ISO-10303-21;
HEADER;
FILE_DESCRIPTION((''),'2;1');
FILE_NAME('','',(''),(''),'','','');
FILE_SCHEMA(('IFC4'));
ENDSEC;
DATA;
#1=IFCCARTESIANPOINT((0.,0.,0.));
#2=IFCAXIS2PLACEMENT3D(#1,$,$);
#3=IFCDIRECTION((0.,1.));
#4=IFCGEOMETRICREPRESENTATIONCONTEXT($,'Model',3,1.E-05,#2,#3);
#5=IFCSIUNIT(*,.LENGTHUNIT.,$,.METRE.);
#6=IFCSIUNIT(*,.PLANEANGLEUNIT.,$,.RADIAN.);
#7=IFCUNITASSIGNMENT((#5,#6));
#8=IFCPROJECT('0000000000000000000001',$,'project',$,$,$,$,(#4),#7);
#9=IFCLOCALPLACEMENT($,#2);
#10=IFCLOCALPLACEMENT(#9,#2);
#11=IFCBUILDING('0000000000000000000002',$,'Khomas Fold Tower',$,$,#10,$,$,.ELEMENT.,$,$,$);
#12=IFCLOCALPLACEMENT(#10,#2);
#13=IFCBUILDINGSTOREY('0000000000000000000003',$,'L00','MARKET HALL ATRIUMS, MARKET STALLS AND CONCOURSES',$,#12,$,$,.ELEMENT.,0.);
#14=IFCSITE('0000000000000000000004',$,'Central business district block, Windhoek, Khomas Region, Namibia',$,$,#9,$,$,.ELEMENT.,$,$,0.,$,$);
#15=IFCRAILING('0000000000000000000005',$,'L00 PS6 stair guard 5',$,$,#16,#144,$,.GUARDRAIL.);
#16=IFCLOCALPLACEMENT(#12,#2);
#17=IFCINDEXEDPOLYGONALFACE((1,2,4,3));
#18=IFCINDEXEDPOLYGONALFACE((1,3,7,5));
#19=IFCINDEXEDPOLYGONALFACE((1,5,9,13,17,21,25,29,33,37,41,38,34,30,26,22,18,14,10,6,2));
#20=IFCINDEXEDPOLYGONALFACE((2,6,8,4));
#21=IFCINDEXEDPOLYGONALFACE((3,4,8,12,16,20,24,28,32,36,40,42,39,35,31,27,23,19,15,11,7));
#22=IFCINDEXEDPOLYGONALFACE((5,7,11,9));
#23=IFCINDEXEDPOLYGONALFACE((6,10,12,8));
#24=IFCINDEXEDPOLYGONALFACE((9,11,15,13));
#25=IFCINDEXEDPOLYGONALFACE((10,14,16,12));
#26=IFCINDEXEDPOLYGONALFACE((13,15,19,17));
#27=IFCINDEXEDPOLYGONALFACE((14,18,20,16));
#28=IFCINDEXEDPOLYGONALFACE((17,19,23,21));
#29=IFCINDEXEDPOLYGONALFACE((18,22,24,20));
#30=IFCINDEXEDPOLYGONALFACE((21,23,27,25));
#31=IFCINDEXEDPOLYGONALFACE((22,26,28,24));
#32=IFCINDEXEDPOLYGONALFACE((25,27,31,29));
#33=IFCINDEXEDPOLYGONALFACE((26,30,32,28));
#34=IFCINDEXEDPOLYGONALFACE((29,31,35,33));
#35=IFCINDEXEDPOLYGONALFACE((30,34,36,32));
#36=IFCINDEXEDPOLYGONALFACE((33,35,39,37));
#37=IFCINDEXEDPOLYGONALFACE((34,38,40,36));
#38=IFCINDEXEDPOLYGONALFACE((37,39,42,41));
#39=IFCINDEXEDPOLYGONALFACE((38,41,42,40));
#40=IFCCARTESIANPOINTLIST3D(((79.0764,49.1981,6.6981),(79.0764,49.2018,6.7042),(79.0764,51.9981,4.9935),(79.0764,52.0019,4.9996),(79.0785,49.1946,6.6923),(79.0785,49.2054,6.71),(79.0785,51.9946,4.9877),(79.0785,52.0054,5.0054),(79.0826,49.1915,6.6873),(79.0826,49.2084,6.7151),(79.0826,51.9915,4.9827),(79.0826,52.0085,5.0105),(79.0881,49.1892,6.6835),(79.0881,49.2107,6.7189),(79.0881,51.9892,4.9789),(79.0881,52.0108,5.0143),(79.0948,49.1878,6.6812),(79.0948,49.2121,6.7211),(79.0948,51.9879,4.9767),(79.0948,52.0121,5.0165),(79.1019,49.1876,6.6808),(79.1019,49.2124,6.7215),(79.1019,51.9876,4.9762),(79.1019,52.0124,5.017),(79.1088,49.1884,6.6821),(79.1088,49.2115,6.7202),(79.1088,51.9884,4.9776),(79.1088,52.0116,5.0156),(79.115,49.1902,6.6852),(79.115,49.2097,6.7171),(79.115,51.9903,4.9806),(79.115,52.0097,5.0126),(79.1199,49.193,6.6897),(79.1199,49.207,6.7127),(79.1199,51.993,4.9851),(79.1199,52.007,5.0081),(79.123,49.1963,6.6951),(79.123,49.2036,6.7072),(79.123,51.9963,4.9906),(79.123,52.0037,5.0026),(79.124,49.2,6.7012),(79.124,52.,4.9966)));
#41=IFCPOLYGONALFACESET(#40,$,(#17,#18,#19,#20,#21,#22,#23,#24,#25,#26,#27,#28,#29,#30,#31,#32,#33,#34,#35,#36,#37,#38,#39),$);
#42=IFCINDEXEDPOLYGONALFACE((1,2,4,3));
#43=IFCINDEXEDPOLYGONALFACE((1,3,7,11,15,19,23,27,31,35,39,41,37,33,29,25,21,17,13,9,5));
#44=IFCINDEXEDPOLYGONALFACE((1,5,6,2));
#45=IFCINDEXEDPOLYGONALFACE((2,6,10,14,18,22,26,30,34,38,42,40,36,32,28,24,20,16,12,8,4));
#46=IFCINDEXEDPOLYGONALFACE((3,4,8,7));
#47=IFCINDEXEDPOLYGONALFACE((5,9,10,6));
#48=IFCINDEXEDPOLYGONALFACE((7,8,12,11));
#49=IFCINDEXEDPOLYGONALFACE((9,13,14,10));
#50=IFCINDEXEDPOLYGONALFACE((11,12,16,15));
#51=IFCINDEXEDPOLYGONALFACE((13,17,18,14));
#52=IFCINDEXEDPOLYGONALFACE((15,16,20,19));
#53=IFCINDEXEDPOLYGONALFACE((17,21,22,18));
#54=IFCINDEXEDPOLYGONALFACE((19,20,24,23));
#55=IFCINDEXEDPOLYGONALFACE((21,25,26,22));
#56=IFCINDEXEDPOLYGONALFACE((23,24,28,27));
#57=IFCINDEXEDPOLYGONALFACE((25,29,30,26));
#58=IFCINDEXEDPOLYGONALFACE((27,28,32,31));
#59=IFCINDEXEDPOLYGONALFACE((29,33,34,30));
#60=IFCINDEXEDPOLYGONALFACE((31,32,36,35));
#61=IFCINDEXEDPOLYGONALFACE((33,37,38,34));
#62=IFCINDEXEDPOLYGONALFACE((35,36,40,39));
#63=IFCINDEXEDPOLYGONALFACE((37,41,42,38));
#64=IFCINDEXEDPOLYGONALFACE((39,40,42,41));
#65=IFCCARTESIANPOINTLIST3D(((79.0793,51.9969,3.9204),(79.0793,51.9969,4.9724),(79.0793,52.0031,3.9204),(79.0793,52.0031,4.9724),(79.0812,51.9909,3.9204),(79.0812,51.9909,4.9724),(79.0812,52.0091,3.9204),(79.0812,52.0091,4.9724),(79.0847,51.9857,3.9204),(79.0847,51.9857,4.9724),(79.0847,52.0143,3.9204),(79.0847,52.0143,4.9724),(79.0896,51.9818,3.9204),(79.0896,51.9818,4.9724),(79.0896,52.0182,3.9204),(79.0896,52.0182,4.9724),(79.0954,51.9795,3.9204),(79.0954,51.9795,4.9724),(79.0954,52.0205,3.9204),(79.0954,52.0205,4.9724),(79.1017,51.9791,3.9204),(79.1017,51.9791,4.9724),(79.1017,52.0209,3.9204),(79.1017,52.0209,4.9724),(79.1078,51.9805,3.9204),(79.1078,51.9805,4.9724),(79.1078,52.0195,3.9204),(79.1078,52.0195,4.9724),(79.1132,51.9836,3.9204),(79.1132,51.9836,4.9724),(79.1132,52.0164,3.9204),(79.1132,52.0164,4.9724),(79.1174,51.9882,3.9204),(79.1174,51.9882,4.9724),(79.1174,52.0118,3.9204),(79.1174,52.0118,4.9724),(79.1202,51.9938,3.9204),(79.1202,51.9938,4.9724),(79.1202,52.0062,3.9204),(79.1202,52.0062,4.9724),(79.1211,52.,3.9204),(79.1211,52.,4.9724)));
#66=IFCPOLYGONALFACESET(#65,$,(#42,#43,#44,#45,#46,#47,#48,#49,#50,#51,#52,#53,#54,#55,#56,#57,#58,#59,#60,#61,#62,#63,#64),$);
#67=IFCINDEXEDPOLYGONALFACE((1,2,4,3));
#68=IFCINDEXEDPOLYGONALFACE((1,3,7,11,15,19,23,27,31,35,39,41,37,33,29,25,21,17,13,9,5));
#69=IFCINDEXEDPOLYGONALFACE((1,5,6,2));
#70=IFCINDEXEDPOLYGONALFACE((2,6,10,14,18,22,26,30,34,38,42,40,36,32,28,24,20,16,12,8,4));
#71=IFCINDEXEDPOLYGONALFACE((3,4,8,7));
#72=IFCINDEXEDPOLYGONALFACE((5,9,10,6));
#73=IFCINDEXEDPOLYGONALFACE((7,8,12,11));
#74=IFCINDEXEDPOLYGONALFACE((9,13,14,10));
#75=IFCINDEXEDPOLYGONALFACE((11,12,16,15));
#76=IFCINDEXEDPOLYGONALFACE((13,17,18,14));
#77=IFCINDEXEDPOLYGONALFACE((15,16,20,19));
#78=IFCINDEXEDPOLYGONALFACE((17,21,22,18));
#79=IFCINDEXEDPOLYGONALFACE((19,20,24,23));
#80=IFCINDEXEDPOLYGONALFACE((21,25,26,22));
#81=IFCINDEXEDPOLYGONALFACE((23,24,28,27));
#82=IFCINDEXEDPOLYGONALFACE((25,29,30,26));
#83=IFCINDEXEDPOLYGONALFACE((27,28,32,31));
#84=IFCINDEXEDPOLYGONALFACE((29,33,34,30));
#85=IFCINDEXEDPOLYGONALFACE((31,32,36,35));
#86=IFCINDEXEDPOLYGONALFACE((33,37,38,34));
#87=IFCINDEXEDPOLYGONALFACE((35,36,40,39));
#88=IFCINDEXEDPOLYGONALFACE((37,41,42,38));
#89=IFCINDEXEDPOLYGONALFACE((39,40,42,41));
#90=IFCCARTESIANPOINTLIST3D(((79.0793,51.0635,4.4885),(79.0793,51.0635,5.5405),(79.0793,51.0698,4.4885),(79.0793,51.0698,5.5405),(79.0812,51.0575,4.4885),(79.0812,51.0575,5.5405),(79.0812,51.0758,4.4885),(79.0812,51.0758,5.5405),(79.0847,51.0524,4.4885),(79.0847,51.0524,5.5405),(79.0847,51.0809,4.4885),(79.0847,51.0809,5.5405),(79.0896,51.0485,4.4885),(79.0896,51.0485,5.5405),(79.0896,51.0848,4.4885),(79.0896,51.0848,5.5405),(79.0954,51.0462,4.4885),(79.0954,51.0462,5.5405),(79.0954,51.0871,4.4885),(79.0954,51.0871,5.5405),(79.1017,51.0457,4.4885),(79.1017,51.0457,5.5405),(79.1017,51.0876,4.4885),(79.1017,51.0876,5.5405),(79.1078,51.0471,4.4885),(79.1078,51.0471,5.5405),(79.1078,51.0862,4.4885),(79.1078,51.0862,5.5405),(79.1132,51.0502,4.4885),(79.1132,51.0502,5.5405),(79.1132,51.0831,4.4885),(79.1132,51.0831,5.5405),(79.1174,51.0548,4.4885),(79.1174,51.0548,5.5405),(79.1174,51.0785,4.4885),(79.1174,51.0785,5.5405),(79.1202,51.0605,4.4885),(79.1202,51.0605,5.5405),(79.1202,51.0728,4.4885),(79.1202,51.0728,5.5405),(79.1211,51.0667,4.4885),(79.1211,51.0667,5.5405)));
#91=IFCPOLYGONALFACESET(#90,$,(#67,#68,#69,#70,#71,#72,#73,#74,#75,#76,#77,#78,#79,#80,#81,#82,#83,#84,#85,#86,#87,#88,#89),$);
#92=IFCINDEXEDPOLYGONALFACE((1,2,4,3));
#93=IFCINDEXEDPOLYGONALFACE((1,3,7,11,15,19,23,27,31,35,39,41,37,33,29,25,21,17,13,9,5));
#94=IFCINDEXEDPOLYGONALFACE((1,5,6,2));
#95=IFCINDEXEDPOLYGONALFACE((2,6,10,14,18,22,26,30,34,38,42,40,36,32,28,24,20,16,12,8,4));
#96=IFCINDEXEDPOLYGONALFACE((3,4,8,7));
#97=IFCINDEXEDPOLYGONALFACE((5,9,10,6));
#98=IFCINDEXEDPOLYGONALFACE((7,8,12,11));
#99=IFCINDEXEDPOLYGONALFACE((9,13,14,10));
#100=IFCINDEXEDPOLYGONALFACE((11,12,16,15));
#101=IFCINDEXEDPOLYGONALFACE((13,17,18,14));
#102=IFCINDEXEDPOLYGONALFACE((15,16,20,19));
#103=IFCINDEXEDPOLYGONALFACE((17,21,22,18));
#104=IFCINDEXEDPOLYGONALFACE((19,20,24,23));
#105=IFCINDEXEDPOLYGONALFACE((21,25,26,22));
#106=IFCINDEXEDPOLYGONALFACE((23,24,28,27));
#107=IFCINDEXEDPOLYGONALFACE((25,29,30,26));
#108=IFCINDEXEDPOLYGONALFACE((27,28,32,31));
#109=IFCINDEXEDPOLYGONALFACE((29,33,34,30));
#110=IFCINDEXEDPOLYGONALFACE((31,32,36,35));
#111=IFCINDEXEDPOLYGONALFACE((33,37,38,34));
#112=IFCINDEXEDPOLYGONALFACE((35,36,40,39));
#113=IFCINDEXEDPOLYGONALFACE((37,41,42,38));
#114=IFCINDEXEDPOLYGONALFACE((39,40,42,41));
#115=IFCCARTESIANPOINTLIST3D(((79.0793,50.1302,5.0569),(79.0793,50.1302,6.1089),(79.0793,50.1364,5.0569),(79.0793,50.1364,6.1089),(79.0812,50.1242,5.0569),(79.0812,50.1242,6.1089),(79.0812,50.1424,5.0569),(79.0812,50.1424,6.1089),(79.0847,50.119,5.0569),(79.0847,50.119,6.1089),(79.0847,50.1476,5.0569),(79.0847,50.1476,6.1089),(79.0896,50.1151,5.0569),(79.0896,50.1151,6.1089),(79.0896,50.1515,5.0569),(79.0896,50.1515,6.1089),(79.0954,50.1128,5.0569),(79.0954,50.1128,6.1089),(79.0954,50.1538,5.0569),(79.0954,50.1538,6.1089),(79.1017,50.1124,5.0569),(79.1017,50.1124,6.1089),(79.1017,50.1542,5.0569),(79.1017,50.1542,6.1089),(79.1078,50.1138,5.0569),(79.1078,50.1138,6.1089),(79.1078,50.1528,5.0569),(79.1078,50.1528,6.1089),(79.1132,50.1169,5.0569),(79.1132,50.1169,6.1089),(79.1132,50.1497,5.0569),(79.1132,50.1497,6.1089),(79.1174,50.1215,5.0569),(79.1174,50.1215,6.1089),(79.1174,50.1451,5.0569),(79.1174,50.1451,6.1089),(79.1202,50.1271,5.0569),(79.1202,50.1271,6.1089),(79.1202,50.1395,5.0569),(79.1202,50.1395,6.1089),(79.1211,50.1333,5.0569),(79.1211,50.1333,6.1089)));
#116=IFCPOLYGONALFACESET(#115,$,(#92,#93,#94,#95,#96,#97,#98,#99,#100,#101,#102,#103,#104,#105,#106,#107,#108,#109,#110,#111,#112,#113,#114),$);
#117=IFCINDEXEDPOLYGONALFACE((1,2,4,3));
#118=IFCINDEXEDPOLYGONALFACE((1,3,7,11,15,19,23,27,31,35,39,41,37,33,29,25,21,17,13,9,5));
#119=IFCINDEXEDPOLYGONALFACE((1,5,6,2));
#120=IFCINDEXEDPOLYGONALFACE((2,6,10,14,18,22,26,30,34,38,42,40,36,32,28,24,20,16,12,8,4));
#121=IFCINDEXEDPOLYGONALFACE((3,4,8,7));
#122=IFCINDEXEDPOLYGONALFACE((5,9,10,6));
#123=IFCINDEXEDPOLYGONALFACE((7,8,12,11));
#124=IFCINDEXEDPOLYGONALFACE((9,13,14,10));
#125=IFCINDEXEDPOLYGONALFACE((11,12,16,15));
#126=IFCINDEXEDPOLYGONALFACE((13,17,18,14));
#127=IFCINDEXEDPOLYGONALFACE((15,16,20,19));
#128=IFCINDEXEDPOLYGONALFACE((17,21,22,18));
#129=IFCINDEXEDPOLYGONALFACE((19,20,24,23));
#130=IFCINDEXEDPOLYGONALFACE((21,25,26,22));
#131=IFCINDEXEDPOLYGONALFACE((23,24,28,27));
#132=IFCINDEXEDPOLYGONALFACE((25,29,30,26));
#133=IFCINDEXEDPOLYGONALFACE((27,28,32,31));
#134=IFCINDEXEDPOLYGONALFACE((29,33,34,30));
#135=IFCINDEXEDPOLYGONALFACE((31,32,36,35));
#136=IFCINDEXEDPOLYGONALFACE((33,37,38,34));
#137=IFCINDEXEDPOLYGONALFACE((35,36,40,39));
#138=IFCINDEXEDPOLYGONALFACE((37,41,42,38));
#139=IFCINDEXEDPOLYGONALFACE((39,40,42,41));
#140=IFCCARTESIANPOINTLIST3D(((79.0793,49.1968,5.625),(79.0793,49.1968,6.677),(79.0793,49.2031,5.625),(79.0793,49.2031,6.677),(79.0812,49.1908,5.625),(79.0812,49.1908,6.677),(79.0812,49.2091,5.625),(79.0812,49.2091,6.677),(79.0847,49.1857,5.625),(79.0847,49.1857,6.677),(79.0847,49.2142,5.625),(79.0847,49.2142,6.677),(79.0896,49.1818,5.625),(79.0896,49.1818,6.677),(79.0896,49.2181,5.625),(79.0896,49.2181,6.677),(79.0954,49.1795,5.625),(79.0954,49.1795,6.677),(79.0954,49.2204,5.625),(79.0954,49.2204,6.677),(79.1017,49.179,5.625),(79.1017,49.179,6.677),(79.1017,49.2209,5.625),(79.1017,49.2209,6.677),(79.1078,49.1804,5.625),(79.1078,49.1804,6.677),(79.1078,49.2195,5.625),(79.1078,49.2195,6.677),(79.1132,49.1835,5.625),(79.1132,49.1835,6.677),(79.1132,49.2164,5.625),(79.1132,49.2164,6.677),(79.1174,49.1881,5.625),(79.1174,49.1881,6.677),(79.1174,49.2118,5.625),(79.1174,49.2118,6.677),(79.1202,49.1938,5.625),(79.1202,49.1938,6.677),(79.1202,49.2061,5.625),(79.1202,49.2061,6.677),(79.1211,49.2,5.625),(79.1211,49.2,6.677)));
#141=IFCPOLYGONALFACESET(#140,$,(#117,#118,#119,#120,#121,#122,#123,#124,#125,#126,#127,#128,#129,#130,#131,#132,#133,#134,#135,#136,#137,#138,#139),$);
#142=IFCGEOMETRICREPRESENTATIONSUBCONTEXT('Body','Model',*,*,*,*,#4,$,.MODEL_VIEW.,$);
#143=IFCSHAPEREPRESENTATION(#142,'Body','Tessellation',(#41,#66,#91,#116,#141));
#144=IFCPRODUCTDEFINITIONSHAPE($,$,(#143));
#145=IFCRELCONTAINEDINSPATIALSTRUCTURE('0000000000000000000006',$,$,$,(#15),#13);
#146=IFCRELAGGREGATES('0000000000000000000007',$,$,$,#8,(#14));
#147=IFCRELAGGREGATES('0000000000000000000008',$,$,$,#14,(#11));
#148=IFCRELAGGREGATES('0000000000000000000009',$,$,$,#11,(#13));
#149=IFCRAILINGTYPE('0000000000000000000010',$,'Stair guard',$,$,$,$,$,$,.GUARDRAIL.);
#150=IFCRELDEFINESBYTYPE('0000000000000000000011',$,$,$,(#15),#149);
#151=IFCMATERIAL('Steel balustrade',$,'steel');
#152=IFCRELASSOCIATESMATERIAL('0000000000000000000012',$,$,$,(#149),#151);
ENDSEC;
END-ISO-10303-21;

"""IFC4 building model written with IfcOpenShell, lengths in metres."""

from ifc_helpers import new_model, si_unit, direction, frame, origin, origin_2d, place, context, subcontext, project, spatial, circle, extrude, source, transform, mapped, material, type_object, element, save


model = new_model("IFC4")

# Units and contexts
model_context = context("Model", 3, precision=1e-05, world=origin(), true_north=direction((0.0, 1.0)))
body_context = subcontext(model_context, "Body", "Model", "MODEL_VIEW")
ifc_project = project(units=[si_unit("LENGTHUNIT", "METRE"), si_unit("PLANEANGLEUNIT", "RADIAN")], contexts=[model_context])

# Site, building, storey
site_placement = place(None, origin())
site = spatial("IfcSite", under=ifc_project, at=site_placement, Name="Central business district block, Windhoek, Khomas Region, Namibia", CompositionType="ELEMENT", RefElevation=0.0)
building_placement = place(site_placement, origin())
building = spatial("IfcBuilding", under=site, at=building_placement, Name="Khomas Fold Tower", CompositionType="ELEMENT")
storey_placement = place(building_placement, origin())
storey = spatial("IfcBuildingStorey", under=building, at=storey_placement, Name="L00", Description="MARKET HALL ATRIUMS, MARKET STALLS AND CONCOURSES", CompositionType="ELEMENT", Elevation=0.0)

# Railing
ifc_material_1 = material(Name="Steel balustrade", Category="steel")
railing_type_1 = type_object("IfcRailingType", Name="Stair guard", PredefinedType="GUARDRAIL", material=ifc_material_1)
shared_shape_1 = source(origin(), body_context, "Body", "SweptSolid", [
    extrude(circle(Radius=0.0239, at=origin_2d()), frame((0.0, 0.0, 1.0762), z_axis=(0.0, -0.85417, 0.519994), x_axis=(1.0, 0.0, 0.0)), (0.0, 0.0, 1.0), 3.2781),
    extrude(circle(Radius=0.021, at=origin_2d()), origin(), (0.0, 0.0, 1.0), 1.052),
    extrude(circle(Radius=0.021, at=origin_2d()), frame((0.0, -0.9333, 0.5681)), (0.0, 0.0, 1.0), 1.052),
    extrude(circle(Radius=0.021, at=origin_2d()), frame((0.0, -1.8667, 1.1365)), (0.0, 0.0, 1.0), 1.052),
    extrude(circle(Radius=0.021, at=origin_2d()), frame((0.0, -2.8, 1.7046)), (0.0, 0.0, 1.0), 1.052),
])
for number, where, name in (
    (1, (79.1001, 52.0, 3.9204), "L00 PS6 stair guard 5"),
):
    element("IfcRailing", number, at=place(storey_placement, frame(where)), inside=storey, type_object=railing_type_1, Name=name, PredefinedType="GUARDRAIL", context=body_context, shape_type="MappedRepresentation", body=[
        mapped(shared_shape_1, transform((0.0, 0.0, 0.0))),
    ])

save(model, "model.ifc")
